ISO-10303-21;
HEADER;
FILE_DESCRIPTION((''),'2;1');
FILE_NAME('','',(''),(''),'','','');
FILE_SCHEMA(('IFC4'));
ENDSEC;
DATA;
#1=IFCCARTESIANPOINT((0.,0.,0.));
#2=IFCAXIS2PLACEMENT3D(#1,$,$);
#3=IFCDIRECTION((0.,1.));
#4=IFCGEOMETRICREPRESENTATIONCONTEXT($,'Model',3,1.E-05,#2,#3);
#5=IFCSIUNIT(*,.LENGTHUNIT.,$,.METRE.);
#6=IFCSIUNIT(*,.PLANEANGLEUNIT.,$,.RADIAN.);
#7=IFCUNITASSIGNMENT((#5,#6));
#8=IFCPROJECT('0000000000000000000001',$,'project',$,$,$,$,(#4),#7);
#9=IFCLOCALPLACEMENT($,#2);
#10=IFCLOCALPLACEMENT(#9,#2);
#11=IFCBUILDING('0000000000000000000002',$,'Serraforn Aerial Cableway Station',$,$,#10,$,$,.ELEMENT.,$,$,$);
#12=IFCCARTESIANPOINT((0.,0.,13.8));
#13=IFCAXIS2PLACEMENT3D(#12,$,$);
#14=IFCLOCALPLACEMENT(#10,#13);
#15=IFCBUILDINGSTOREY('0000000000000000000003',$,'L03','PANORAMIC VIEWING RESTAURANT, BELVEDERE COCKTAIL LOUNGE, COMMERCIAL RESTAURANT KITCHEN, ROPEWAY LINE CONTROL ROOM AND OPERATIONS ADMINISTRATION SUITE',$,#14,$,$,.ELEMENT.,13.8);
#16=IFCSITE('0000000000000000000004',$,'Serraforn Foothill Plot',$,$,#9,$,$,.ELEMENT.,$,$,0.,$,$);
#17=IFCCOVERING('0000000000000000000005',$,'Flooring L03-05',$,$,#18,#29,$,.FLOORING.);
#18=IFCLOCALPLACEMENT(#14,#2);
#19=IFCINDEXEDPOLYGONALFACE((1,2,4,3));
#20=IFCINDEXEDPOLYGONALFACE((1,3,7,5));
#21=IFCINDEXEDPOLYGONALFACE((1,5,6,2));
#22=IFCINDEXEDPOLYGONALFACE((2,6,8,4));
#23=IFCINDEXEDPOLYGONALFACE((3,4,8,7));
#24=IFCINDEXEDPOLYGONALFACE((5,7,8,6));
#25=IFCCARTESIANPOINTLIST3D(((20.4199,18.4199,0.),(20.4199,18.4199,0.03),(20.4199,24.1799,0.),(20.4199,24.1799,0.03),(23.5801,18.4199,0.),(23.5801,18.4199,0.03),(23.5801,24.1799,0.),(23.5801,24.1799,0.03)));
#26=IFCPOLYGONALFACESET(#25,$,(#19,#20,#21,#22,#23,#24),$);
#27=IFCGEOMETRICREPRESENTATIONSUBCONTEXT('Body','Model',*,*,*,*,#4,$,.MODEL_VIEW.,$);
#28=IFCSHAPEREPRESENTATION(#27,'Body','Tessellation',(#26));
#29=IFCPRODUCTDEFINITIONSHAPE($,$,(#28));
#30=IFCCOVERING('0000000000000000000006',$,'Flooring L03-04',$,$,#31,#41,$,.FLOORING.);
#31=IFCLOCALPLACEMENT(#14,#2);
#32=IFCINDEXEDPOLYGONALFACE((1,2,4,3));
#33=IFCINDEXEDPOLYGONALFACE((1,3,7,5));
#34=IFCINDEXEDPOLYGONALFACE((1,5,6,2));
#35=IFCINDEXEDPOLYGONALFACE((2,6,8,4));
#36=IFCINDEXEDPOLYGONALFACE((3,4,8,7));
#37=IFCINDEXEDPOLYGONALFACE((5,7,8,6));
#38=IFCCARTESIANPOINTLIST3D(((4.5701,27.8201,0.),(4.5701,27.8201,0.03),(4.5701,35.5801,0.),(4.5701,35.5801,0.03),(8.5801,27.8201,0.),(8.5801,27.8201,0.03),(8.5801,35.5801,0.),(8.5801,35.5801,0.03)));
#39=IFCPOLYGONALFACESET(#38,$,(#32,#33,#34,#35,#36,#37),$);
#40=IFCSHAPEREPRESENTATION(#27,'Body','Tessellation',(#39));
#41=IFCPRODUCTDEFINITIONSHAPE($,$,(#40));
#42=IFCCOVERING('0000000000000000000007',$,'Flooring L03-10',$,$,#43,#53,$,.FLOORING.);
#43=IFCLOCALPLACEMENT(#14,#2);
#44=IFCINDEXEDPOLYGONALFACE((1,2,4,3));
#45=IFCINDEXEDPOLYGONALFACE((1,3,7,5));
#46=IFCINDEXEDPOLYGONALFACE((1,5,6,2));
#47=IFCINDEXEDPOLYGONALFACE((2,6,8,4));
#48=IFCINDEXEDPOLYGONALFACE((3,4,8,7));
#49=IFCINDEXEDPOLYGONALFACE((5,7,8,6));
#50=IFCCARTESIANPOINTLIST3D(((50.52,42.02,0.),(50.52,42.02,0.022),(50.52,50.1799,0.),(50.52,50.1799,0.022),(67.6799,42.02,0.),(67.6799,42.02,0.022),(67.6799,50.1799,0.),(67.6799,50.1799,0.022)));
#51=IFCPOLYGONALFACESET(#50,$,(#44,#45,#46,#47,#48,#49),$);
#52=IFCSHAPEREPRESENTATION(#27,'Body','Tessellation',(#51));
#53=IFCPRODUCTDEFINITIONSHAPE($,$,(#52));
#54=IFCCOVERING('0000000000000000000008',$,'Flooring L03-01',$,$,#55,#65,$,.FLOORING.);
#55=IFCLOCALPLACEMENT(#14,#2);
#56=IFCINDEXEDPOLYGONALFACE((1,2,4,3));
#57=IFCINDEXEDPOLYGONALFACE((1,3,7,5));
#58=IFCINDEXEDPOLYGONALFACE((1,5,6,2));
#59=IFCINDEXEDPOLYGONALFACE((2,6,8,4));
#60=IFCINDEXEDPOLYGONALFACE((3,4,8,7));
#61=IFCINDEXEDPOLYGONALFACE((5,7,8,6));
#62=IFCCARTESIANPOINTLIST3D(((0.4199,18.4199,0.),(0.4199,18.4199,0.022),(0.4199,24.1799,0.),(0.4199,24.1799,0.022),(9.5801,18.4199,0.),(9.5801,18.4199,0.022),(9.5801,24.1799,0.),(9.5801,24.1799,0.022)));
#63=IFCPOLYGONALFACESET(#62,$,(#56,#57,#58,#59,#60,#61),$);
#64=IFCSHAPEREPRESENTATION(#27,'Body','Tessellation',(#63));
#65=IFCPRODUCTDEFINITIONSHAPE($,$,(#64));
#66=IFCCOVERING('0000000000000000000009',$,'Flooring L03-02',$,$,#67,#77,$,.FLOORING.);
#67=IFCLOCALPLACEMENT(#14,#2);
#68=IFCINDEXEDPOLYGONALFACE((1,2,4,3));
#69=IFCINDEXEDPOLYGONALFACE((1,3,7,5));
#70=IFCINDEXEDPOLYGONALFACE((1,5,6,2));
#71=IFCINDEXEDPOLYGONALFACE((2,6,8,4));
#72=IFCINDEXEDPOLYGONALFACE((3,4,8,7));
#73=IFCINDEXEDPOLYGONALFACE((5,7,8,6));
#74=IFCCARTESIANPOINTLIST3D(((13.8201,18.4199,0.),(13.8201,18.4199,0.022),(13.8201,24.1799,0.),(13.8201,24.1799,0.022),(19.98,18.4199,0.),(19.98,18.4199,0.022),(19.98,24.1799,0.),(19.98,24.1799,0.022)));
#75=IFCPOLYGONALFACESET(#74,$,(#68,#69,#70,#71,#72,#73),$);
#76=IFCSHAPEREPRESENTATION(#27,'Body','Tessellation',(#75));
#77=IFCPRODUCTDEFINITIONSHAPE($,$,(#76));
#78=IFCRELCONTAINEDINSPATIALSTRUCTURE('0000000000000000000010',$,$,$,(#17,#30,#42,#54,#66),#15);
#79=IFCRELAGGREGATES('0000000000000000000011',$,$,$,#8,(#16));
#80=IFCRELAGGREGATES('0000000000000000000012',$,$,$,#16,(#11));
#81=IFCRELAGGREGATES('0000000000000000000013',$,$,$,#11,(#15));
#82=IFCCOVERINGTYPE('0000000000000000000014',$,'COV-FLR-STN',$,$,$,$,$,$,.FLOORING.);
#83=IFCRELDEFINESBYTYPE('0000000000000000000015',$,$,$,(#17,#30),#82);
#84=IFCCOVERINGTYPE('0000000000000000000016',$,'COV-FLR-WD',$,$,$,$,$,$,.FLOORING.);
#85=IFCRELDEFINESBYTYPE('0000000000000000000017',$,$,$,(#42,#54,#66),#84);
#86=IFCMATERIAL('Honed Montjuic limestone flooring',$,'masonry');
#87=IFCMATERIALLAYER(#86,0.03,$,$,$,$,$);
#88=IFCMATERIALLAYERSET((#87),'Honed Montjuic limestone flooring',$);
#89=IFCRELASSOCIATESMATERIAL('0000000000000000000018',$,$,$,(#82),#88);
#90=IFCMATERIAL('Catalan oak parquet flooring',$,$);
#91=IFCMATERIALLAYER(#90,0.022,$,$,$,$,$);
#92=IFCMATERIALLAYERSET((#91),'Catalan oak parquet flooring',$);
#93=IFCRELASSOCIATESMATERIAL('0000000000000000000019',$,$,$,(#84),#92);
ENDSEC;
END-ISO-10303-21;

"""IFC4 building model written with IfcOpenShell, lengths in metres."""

from ifc_helpers import new_model, si_unit, direction, frame, origin, place, context, subcontext, project, spatial, polyline, outline, extrude, material, layer, layer_set, type_object, element, save


model = new_model("IFC4")

# Units and contexts
model_context = context("Model", 3, precision=1e-05, world=origin(), true_north=direction((0.0, 1.0)))
body_context = subcontext(model_context, "Body", "Model", "MODEL_VIEW")
ifc_project = project(units=[si_unit("LENGTHUNIT", "METRE"), si_unit("PLANEANGLEUNIT", "RADIAN")], contexts=[model_context])

# Site, building, storey
site_placement = place(None, origin())
site = spatial("IfcSite", under=ifc_project, at=site_placement, Name="Serraforn Foothill Plot", CompositionType="ELEMENT", RefElevation=0.0)
building_placement = place(site_placement, origin())
building = spatial("IfcBuilding", under=site, at=building_placement, Name="Serraforn Aerial Cableway Station", CompositionType="ELEMENT")
storey_placement = place(building_placement, frame((0.0, 0.0, 13.8)))
storey = spatial("IfcBuildingStorey", under=building, at=storey_placement, Name="L03", Description="PANORAMIC VIEWING RESTAURANT, BELVEDERE COCKTAIL LOUNGE, COMMERCIAL RESTAURANT KITCHEN, ROPEWAY LINE CONTROL ROOM AND OPERATIONS ADMINISTRATION SUITE", CompositionType="ELEMENT", Elevation=13.8)

# Coverings
ifc_material_1 = material(Name="Honed Montjuic limestone flooring", Category="masonry")
ifc_layer_1 = layer(ifc_material_1, 0.03)
ifc_layer_set_1 = layer_set([ifc_layer_1], Name="Honed Montjuic limestone flooring")
covering_type_1 = type_object("IfcCoveringType", Name="COV-FLR-STN", PredefinedType="FLOORING", material=ifc_layer_set_1)
covering_1_placement = place(storey_placement, origin())
element("IfcCovering", 1, at=covering_1_placement, inside=storey, type_object=covering_type_1, Name="Flooring L03-05", PredefinedType="FLOORING", context=body_context, shape_type="SweptSolid", body=[
    extrude(outline(polyline([(20.4199, 18.4199), (20.4199, 24.1799), (23.5801, 24.1799), (23.5801, 18.4199), (20.4199, 18.4199)])), origin(), (0.0, 0.0, 1.0), 0.03),
])
covering_2_placement = place(storey_placement, origin())
element("IfcCovering", 2, at=covering_2_placement, inside=storey, type_object=covering_type_1, Name="Flooring L03-04", PredefinedType="FLOORING", context=body_context, shape_type="SweptSolid", body=[
    extrude(outline(polyline([(4.5701, 27.8201), (4.5701, 35.5801), (8.5801, 35.5801), (8.5801, 27.8201), (4.5701, 27.8201)])), origin(), (0.0, 0.0, 1.0), 0.03),
])
ifc_material_2 = material(Name="Catalan oak parquet flooring")
ifc_layer_2 = layer(ifc_material_2, 0.022)
ifc_layer_set_2 = layer_set([ifc_layer_2], Name="Catalan oak parquet flooring")
covering_type_2 = type_object("IfcCoveringType", Name="COV-FLR-WD", PredefinedType="FLOORING", material=ifc_layer_set_2)
covering_3_placement = place(storey_placement, origin())
element("IfcCovering", 3, at=covering_3_placement, inside=storey, type_object=covering_type_2, Name="Flooring L03-10", PredefinedType="FLOORING", context=body_context, shape_type="SweptSolid", body=[
    extrude(outline(polyline([(50.52, 42.02), (50.52, 50.1799), (67.6799, 50.1799), (67.6799, 42.02), (50.52, 42.02)])), origin(), (0.0, 0.0, 1.0), 0.022),
])
covering_4_placement = place(storey_placement, origin())
element("IfcCovering", 4, at=covering_4_placement, inside=storey, type_object=covering_type_2, Name="Flooring L03-01", PredefinedType="FLOORING", context=body_context, shape_type="SweptSolid", body=[
    extrude(outline(polyline([(0.4199, 18.4199), (0.4199, 24.1799), (9.5801, 24.1799), (9.5801, 18.4199), (0.4199, 18.4199)])), origin(), (0.0, 0.0, 1.0), 0.022),
])
covering_5_placement = place(storey_placement, origin())
element("IfcCovering", 5, at=covering_5_placement, inside=storey, type_object=covering_type_2, Name="Flooring L03-02", PredefinedType="FLOORING", context=body_context, shape_type="SweptSolid", body=[
    extrude(outline(polyline([(13.8201, 18.4199), (13.8201, 24.1799), (19.98, 24.1799), (19.98, 18.4199), (13.8201, 18.4199)])), origin(), (0.0, 0.0, 1.0), 0.022),
])

save(model, "model.ifc")
